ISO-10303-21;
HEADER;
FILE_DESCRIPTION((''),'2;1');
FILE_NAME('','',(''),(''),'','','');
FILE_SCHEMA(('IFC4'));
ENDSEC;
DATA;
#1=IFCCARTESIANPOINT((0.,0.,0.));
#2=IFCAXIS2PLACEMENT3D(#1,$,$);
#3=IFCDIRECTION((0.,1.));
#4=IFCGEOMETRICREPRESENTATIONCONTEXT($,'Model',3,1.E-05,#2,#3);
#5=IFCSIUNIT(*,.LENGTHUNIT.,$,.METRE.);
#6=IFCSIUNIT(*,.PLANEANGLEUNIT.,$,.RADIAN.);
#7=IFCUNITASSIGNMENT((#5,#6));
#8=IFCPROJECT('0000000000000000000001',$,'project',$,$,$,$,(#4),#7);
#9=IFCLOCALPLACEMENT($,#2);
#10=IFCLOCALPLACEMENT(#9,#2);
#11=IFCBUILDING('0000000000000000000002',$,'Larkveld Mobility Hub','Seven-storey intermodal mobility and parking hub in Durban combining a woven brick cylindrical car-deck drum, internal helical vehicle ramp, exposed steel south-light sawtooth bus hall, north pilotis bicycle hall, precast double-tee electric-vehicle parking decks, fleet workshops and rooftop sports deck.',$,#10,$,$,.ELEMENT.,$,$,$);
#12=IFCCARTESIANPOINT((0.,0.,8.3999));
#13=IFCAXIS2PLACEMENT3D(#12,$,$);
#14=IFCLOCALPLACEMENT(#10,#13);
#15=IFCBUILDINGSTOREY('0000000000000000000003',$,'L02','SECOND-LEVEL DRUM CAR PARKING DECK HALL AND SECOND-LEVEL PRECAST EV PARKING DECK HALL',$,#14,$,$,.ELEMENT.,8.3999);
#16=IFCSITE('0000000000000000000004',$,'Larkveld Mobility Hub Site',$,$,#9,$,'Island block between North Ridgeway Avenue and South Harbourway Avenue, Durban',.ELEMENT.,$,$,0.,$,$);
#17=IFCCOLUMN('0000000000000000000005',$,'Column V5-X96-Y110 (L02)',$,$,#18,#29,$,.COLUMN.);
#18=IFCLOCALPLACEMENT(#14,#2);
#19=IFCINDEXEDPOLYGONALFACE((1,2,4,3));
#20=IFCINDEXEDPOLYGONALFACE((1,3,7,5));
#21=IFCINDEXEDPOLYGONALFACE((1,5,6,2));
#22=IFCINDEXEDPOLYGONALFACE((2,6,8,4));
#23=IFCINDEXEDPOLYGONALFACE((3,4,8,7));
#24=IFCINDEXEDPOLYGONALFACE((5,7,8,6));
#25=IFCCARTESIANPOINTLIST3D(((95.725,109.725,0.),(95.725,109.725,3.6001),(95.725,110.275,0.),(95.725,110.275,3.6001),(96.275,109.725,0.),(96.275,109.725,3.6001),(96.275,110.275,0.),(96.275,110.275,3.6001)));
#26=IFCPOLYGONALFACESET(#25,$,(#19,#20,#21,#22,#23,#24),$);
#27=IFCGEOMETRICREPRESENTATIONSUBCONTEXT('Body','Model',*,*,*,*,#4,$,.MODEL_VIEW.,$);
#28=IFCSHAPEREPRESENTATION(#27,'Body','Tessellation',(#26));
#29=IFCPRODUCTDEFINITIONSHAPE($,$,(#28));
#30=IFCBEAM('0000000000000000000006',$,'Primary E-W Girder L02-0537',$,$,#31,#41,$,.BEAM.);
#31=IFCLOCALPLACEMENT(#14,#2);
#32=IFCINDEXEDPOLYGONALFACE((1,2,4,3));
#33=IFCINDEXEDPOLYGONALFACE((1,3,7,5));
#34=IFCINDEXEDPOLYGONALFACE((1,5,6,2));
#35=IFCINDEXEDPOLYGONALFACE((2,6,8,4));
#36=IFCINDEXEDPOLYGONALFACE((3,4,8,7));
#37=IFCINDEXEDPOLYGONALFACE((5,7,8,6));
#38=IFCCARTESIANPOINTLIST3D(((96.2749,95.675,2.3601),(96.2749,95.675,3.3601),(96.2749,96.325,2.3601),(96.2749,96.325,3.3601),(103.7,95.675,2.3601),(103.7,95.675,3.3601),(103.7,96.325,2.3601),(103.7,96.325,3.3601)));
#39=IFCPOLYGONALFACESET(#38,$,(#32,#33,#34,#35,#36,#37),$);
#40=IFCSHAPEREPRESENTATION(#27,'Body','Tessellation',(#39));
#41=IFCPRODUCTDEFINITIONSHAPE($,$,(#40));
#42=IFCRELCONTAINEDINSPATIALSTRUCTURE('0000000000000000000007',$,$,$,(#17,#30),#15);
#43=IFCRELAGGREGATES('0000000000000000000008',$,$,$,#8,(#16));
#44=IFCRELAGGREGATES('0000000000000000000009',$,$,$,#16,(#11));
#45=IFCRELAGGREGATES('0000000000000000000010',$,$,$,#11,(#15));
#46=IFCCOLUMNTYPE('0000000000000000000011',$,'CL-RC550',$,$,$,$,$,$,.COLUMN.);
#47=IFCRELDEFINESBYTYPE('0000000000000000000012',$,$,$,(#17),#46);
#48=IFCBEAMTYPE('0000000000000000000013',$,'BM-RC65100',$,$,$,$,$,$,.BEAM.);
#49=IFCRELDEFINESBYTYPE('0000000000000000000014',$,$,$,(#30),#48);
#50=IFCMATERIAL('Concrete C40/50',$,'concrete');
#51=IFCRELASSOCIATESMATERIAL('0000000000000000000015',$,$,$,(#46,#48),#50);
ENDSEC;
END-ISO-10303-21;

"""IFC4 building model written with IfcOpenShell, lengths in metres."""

from ifc_helpers import new_model, si_unit, direction, frame, origin, origin_2d, place, context, subcontext, project, spatial, rectangle, extrude, material, material_profile, profile_set, type_object, element, save


model = new_model("IFC4")

# Units and contexts
model_context = context("Model", 3, precision=1e-05, world=origin(), true_north=direction((0.0, 1.0)))
body_context = subcontext(model_context, "Body", "Model", "MODEL_VIEW")
ifc_project = project(units=[si_unit("LENGTHUNIT", "METRE"), si_unit("PLANEANGLEUNIT", "RADIAN")], contexts=[model_context])

# Site, building, storey
site_placement = place(None, origin())
site = spatial("IfcSite", under=ifc_project, at=site_placement, Name="Larkveld Mobility Hub Site", LongName="Island block between North Ridgeway Avenue and South Harbourway Avenue, Durban", CompositionType="ELEMENT", RefElevation=0.0)
building_placement = place(site_placement, origin())
building = spatial("IfcBuilding", under=site, at=building_placement, Name="Larkveld Mobility Hub", Description="Seven-storey intermodal mobility and parking hub in Durban combining a woven brick cylindrical car-deck drum, internal helical vehicle ramp, exposed steel south-light sawtooth bus hall, north pilotis bicycle hall, precast double-tee electric-vehicle parking decks, fleet workshops and rooftop sports deck.", CompositionType="ELEMENT")
storey_placement = place(building_placement, frame((0.0, 0.0, 8.3999)))
storey = spatial("IfcBuildingStorey", under=building, at=storey_placement, Name="L02", Description="SECOND-LEVEL DRUM CAR PARKING DECK HALL AND SECOND-LEVEL PRECAST EV PARKING DECK HALL", CompositionType="ELEMENT", Elevation=8.3999)

# Column
ifc_material_1 = material(Name="Concrete C40/50", Category="concrete")
ifc_material_profile_1 = material_profile(ifc_material_1, rectangle(XDim=0.55, YDim=0.55, at=origin_2d()), Name="RC COL 550x550")
ifc_profile_set_1 = profile_set([ifc_material_profile_1], Name="Concrete C40/50")
column_type = type_object("IfcColumnType", Name="CL-RC550", PredefinedType="COLUMN", material=ifc_profile_set_1)
column_placement = place(storey_placement, frame((96.0, 110.0, 0.0), z_axis=(0.0, 0.0, 1.0), x_axis=(1.0, 0.0, 0.0)))
element("IfcColumn", 1, at=column_placement, inside=storey, type_object=column_type, Name="Column V5-X96-Y110 (L02)", PredefinedType="COLUMN", context=body_context, shape_type="SweptSolid", body=[
    extrude(rectangle(XDim=0.55, YDim=0.55, at=origin_2d()), origin(), (0.0, 0.0, 1.0), 3.6001),
])

# Beam
ifc_material_profile_2 = material_profile(ifc_material_1, rectangle(XDim=0.6499, YDim=1.0, at=origin_2d()), Name="RC BM 650x1000")
ifc_profile_set_2 = profile_set([ifc_material_profile_2], Name="Concrete C40/50")
beam_type = type_object("IfcBeamType", Name="BM-RC65100", PredefinedType="BEAM", material=ifc_profile_set_2)
beam_placement = place(storey_placement, frame((96.2749, 96.0, 2.8601), z_axis=(1.0, 0.0, 0.0), x_axis=(0.0, 1.0, 0.0)))
element("IfcBeam", 2, at=beam_placement, inside=storey, type_object=beam_type, Name="Primary E-W Girder L02-0537", PredefinedType="BEAM", context=body_context, shape_type="SweptSolid", body=[
    extrude(rectangle(XDim=0.6499, YDim=1.0, at=origin_2d()), origin(), (0.0, 0.0, 1.0), 7.425),
])

save(model, "model.ifc")
